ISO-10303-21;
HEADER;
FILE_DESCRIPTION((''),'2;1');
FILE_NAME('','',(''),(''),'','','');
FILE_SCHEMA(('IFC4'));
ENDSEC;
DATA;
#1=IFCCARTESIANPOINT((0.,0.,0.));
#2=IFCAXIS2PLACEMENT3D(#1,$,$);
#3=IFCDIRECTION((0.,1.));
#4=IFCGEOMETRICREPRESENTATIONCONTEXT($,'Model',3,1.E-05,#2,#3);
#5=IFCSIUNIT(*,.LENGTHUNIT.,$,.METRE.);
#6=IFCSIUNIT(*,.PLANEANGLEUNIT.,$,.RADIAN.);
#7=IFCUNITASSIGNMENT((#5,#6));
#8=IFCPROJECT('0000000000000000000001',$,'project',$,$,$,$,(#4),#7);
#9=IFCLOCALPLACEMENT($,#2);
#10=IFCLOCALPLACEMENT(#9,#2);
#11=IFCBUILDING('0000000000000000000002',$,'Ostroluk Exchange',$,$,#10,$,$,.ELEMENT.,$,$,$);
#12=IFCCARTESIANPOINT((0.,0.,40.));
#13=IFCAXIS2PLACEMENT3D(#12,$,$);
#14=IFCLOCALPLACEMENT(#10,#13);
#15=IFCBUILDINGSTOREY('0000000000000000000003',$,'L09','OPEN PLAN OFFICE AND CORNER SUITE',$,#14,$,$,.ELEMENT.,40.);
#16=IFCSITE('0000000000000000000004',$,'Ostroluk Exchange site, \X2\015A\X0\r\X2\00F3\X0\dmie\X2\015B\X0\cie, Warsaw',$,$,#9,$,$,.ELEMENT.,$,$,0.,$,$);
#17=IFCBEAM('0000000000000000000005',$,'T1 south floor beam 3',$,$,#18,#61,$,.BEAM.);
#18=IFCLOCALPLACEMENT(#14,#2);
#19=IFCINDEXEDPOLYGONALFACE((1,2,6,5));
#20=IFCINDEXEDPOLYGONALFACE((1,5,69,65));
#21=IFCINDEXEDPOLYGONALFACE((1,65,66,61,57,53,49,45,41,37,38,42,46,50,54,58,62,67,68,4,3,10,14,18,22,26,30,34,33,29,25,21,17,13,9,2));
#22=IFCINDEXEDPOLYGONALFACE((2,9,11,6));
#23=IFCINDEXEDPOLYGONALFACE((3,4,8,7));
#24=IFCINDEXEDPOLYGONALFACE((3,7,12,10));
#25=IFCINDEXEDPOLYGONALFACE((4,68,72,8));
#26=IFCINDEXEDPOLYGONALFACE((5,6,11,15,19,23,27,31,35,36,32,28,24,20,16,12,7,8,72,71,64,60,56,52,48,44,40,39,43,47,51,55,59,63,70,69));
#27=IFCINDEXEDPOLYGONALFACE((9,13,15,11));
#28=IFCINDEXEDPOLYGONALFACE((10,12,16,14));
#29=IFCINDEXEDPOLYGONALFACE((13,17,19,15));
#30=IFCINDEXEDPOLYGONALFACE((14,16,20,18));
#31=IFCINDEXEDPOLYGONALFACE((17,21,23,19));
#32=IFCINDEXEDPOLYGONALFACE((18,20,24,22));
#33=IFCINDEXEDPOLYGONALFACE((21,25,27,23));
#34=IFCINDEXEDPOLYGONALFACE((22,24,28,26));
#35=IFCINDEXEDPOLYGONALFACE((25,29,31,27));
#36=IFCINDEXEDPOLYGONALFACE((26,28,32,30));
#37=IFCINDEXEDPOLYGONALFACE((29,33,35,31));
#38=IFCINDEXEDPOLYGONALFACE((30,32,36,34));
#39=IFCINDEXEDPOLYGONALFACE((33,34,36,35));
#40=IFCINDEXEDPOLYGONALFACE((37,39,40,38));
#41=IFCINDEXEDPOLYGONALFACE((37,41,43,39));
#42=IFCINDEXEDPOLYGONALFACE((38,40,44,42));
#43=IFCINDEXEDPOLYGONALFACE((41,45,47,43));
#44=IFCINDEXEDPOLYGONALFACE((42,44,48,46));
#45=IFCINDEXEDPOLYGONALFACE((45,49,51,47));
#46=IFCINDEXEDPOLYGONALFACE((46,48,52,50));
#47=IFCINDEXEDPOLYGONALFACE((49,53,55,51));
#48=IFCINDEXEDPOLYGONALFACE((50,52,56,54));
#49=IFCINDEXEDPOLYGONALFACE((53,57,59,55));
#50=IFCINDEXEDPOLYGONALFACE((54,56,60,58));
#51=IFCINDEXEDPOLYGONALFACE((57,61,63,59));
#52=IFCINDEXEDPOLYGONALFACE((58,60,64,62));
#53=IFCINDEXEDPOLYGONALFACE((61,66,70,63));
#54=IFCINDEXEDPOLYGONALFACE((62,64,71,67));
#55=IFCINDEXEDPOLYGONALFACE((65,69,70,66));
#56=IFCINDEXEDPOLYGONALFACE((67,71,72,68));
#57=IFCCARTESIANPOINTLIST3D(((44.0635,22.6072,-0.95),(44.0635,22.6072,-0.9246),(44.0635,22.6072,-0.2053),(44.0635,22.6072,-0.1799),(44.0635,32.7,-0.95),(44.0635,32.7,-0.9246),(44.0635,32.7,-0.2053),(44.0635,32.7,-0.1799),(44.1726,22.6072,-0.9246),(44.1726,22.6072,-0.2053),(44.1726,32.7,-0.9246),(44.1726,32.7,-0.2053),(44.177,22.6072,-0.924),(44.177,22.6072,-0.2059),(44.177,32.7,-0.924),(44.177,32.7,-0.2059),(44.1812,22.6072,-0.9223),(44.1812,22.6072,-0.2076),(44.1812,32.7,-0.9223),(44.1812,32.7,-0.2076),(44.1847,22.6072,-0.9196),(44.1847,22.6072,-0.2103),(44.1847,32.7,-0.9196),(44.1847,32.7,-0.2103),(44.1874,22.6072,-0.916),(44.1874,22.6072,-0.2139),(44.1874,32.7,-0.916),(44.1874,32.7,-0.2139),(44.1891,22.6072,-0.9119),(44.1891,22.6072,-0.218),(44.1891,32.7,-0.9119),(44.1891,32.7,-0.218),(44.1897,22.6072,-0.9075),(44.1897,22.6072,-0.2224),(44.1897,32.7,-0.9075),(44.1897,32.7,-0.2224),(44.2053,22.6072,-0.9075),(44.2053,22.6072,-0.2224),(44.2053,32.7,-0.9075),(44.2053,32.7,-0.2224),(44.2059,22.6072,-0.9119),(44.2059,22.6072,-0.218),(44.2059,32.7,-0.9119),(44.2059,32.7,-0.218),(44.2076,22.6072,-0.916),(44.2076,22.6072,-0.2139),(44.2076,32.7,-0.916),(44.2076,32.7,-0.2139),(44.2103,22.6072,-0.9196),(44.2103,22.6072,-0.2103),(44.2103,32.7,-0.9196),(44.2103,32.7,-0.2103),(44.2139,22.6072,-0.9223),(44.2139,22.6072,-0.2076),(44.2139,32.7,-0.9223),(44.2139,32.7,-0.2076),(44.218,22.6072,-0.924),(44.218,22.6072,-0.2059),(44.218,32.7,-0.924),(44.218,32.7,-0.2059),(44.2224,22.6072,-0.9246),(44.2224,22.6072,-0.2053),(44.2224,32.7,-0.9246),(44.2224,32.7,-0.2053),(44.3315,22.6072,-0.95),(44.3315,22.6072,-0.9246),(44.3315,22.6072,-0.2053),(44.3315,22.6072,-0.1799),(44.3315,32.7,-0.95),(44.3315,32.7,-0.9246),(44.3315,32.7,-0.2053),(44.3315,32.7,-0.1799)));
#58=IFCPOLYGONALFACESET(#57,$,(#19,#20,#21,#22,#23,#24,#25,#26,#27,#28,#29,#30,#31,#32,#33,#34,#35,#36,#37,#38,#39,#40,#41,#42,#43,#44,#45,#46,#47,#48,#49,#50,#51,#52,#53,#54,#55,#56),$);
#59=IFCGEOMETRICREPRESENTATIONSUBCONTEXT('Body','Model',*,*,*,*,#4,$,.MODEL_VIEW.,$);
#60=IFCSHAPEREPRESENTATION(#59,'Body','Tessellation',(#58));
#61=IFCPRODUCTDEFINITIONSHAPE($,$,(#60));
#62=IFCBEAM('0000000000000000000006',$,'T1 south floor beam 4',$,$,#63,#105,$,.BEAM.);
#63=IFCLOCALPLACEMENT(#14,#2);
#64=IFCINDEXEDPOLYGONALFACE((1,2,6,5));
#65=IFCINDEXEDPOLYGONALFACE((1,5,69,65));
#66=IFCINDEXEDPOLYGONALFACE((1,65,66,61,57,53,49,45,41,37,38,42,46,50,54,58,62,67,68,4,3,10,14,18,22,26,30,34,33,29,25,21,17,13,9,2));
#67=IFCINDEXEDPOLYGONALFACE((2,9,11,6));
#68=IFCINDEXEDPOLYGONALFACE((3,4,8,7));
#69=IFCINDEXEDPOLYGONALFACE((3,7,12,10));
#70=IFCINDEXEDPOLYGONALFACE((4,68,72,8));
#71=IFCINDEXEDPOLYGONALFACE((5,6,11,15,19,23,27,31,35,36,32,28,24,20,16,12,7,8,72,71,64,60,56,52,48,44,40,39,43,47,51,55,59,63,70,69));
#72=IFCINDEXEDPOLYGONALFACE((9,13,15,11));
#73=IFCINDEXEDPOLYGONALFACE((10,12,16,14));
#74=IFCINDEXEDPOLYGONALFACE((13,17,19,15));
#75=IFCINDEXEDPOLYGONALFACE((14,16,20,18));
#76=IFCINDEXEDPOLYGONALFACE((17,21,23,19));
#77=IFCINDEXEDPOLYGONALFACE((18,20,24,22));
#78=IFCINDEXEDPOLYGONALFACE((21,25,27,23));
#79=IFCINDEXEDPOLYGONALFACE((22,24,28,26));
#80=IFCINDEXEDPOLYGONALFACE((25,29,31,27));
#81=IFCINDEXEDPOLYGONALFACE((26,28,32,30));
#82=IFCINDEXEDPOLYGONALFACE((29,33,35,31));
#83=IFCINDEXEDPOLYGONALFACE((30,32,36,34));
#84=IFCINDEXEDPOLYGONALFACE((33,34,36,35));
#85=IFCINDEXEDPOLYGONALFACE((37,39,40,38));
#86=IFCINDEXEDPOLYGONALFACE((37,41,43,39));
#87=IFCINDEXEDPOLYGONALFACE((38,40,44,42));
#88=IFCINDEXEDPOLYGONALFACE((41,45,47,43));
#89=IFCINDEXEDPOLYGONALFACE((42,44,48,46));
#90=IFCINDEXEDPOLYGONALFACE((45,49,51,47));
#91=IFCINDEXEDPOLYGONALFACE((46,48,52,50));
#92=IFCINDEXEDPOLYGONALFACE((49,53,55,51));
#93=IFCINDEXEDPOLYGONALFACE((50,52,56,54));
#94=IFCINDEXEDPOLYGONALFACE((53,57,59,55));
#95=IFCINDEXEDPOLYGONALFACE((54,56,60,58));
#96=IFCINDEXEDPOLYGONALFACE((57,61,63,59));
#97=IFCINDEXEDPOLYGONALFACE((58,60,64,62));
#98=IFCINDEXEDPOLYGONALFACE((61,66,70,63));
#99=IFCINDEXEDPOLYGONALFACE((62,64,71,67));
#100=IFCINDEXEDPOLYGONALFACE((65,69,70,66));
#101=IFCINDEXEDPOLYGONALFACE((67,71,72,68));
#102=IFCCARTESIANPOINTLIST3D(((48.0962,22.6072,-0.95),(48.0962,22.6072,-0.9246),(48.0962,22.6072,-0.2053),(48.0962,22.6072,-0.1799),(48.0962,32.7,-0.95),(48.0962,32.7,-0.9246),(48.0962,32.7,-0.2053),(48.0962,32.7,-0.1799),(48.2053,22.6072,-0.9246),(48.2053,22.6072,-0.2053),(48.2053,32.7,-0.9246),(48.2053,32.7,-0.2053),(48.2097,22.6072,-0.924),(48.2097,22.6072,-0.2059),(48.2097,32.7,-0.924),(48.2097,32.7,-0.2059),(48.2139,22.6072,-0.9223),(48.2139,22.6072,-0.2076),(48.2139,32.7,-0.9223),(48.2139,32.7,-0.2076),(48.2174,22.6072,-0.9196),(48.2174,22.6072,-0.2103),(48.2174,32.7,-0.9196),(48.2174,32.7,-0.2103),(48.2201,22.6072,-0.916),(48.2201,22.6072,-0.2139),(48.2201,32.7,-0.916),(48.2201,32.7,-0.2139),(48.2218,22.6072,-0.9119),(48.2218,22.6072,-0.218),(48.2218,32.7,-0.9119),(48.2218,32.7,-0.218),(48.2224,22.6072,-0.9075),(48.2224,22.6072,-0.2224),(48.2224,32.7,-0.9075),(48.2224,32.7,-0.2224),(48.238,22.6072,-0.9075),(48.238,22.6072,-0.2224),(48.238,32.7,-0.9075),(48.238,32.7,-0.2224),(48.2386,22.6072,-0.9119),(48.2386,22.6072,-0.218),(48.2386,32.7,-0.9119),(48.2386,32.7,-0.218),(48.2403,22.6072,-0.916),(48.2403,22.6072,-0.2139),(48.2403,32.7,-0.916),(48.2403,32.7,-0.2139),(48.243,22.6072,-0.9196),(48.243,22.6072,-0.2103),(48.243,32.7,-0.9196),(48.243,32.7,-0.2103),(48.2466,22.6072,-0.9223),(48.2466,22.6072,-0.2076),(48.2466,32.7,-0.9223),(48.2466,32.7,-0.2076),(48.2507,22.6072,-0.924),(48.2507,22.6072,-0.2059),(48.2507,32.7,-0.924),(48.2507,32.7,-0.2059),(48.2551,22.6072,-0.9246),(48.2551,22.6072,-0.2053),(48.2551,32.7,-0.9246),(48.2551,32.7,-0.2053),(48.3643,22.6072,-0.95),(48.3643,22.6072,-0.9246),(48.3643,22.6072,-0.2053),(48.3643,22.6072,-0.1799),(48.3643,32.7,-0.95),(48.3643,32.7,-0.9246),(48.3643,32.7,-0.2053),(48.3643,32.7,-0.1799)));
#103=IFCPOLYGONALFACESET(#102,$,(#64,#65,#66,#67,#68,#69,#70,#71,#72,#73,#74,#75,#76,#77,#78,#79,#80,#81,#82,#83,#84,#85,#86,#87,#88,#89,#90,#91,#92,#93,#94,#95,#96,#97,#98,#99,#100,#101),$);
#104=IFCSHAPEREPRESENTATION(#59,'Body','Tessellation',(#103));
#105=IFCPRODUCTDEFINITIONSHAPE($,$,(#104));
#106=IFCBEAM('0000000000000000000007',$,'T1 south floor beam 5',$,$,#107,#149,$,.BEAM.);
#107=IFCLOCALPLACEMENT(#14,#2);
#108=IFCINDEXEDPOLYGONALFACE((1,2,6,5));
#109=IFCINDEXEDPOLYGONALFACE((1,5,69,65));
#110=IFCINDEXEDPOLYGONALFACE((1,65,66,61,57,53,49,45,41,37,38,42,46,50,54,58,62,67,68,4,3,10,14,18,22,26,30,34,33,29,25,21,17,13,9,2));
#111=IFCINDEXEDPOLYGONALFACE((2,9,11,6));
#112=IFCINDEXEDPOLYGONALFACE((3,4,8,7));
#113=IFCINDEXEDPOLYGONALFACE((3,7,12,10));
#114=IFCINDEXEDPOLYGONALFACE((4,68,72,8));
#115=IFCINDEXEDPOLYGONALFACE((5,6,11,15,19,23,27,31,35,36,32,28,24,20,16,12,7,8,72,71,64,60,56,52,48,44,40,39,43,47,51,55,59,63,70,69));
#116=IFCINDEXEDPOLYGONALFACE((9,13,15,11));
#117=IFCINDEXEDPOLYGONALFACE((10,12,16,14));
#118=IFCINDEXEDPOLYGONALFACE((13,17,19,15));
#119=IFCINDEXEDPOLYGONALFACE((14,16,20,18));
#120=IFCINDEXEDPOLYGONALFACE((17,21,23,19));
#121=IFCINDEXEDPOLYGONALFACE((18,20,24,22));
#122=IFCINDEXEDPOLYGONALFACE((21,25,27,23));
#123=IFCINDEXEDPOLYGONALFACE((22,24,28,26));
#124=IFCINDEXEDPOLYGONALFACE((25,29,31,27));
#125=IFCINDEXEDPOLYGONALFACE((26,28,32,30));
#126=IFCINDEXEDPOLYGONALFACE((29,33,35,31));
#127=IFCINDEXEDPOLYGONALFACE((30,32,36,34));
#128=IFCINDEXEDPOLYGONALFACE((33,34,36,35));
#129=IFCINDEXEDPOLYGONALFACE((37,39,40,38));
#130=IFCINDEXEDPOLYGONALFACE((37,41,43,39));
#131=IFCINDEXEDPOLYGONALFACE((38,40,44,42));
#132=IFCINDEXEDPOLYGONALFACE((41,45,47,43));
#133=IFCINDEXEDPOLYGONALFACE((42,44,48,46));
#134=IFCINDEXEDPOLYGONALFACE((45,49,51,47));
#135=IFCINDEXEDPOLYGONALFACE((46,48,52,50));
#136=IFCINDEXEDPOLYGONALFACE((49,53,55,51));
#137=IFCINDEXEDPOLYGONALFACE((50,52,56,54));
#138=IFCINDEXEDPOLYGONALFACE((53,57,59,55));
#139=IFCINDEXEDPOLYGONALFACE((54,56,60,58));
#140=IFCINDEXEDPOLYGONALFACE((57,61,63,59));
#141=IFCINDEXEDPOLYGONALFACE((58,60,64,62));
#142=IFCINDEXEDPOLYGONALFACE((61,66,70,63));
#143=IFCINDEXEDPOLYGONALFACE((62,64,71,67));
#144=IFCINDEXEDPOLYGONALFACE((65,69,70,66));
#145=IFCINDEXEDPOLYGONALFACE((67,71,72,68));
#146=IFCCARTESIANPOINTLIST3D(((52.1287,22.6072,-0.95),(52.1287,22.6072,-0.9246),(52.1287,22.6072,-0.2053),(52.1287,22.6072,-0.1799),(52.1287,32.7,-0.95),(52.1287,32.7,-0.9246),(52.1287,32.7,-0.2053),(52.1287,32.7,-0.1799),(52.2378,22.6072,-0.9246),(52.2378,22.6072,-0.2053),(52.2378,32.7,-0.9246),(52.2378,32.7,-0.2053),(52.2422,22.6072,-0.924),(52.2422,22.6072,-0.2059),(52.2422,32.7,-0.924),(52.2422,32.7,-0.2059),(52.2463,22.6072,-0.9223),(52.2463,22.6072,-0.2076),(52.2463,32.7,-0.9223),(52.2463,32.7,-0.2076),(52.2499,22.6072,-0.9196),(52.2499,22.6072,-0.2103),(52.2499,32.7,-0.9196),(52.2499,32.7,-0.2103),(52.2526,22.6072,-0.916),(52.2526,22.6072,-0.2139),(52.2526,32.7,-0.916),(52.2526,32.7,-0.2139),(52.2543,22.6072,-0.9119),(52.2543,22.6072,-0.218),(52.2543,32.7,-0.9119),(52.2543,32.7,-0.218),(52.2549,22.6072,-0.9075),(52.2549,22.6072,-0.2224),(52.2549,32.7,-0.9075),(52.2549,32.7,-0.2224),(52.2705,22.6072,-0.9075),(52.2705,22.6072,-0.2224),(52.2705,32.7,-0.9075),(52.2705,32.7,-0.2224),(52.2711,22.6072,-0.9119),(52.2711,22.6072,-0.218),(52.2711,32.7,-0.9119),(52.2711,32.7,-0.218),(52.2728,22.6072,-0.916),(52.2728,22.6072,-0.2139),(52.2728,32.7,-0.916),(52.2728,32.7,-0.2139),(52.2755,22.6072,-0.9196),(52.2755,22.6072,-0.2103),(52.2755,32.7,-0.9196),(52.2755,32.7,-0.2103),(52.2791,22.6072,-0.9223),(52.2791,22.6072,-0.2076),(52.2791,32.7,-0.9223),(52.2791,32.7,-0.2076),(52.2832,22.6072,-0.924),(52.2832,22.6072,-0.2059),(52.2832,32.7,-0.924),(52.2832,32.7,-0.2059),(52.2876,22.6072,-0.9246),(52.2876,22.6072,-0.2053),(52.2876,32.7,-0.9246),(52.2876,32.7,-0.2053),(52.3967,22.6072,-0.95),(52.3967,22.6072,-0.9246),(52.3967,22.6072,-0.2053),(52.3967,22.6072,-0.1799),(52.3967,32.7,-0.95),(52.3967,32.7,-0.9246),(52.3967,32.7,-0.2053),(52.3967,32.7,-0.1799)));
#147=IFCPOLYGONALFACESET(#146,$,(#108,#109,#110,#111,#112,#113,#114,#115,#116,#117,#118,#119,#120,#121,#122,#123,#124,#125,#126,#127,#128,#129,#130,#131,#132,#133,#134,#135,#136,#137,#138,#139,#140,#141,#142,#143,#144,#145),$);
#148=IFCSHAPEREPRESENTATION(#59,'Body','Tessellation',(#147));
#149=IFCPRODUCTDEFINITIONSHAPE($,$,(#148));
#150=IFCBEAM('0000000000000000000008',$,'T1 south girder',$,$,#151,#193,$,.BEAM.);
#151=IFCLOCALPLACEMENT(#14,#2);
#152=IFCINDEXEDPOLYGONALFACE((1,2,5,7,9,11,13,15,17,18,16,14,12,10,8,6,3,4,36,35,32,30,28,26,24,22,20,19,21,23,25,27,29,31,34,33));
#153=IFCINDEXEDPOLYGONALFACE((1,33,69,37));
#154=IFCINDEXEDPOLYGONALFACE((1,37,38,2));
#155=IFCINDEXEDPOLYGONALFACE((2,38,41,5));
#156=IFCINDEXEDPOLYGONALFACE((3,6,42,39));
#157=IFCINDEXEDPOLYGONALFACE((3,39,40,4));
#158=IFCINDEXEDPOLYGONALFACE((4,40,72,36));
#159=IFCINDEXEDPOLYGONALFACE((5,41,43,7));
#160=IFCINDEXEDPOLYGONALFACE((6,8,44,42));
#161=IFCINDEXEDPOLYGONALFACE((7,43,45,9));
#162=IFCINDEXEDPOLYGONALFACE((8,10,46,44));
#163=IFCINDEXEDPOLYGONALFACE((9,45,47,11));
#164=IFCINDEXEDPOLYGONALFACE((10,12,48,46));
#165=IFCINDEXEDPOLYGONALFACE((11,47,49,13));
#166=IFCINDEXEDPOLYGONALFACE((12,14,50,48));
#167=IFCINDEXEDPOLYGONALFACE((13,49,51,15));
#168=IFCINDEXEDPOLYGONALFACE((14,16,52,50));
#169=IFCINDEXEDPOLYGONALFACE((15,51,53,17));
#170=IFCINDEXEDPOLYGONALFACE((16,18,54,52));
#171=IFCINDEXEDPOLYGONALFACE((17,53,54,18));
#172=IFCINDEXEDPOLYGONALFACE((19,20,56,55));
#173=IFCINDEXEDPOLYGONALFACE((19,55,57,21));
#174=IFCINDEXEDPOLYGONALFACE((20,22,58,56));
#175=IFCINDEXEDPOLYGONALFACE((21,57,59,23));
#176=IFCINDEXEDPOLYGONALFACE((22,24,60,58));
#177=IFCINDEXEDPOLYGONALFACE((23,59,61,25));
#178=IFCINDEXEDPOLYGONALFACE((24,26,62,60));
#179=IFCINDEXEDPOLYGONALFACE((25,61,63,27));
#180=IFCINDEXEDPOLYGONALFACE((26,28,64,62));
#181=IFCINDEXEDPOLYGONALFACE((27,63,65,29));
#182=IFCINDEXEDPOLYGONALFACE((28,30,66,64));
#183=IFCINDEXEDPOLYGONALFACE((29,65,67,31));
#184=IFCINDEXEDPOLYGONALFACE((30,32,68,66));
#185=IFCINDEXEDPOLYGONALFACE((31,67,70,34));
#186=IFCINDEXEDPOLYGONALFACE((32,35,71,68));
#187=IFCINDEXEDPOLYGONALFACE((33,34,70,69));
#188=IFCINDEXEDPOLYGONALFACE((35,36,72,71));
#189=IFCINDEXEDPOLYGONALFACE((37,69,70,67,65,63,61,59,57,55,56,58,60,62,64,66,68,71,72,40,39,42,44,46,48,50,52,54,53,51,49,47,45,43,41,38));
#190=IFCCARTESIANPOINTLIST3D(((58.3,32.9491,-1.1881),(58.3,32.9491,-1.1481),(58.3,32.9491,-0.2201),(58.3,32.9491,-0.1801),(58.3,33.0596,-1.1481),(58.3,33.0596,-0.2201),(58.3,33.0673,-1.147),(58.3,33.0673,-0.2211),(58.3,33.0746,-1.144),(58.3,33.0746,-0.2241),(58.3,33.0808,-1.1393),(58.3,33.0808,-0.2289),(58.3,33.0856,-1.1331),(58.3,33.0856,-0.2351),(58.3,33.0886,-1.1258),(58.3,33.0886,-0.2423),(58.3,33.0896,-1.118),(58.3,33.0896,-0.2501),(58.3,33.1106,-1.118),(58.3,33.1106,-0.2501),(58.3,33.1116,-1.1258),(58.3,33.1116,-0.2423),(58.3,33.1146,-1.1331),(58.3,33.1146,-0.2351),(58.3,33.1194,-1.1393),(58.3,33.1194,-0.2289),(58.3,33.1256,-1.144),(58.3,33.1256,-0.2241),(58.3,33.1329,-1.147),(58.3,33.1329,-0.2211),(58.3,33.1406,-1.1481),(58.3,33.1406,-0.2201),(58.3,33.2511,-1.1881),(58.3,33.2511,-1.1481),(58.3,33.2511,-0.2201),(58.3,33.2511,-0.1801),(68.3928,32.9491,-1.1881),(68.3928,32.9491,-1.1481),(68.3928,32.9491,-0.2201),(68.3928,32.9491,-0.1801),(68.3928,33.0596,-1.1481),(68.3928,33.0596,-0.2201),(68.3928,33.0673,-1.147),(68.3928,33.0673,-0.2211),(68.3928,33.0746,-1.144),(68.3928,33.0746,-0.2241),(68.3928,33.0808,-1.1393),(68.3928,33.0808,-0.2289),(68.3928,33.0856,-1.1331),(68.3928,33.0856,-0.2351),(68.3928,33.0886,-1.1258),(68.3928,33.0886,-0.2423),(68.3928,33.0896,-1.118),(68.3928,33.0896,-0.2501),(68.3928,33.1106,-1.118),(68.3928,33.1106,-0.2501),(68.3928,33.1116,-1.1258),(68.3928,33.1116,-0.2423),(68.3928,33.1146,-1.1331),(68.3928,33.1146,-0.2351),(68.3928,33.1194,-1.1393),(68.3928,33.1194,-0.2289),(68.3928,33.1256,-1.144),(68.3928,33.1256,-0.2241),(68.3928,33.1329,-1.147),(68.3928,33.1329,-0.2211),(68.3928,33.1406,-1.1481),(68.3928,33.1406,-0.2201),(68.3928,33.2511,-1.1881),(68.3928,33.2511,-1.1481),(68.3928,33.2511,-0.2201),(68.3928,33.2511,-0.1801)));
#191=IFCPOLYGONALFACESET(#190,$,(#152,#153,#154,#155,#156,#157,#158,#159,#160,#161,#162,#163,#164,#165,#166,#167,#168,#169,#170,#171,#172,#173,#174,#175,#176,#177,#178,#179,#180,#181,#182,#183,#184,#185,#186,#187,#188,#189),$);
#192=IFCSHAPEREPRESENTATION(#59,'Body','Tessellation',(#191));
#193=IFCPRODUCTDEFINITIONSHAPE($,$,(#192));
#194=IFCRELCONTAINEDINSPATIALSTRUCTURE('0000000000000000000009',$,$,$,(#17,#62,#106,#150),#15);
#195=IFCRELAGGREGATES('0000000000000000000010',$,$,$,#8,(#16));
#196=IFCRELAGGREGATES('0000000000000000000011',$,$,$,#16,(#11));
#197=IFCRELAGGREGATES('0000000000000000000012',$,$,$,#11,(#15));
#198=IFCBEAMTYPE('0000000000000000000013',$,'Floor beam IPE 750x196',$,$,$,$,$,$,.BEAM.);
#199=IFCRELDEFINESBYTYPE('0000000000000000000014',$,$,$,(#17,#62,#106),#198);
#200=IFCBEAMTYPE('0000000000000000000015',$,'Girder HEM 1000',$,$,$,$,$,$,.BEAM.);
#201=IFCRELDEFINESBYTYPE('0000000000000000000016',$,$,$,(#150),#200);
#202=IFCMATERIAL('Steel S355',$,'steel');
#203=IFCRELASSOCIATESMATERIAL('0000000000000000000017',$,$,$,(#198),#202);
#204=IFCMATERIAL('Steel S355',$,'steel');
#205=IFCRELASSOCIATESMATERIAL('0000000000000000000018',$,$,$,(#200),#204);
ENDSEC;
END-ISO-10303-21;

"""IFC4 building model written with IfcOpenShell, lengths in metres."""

from ifc_helpers import new_model, si_unit, direction, frame, origin, origin_2d, place, context, subcontext, project, spatial, i_section, extrude, material, material_profile, profile_set, type_object, element, save


model = new_model("IFC4")

# Units and contexts
model_context = context("Model", 3, precision=1e-05, world=origin(), true_north=direction((0.0, 1.0)))
body_context = subcontext(model_context, "Body", "Model", "MODEL_VIEW")
ifc_project = project(units=[si_unit("LENGTHUNIT", "METRE"), si_unit("PLANEANGLEUNIT", "RADIAN")], contexts=[model_context])

# Site, building, storey
site_placement = place(None, origin())
site = spatial("IfcSite", under=ifc_project, at=site_placement, Name="Ostroluk Exchange site, Śródmieście, Warsaw", CompositionType="ELEMENT", RefElevation=0.0)
building_placement = place(site_placement, origin())
building = spatial("IfcBuilding", under=site, at=building_placement, Name="Ostroluk Exchange", CompositionType="ELEMENT")
storey_placement = place(building_placement, frame((0.0, 0.0, 40.0)))
storey = spatial("IfcBuildingStorey", under=building, at=storey_placement, Name="L09", Description="OPEN PLAN OFFICE AND CORNER SUITE", CompositionType="ELEMENT", Elevation=40.0)

# Beams
ifc_material_1 = material(Name="Steel S355", Category="steel")
ifc_material_profile_1 = material_profile(ifc_material_1, i_section(OverallWidth=0.2681, OverallDepth=0.77, WebThickness=0.0156, FlangeThickness=0.0254, FilletRadius=0.0171, at=origin_2d()), Name="IPE 750x196")
ifc_profile_set_1 = profile_set([ifc_material_profile_1], Name="Steel S355")
beam_type_1 = type_object("IfcBeamType", Name="Floor beam IPE 750x196", PredefinedType="BEAM", material=ifc_profile_set_1)
for number, where, z_axis, x_axis, name in (
    (1, (44.1975, 32.7, -0.5649), (0.0, -1.0, 0.0), (1.0, 0.0, 0.0), "T1 south floor beam 3"),
    (2, (48.2302, 32.7, -0.5649), (0.0, -1.0, 0.0), (1.0, 0.0, 0.0), "T1 south floor beam 4"),
    (3, (52.2627, 32.7, -0.5649), (0.0, -1.0, 0.0), (1.0, 0.0, 0.0), "T1 south floor beam 5"),
):
    element("IfcBeam", number, at=place(storey_placement, frame(where, z_axis=z_axis, x_axis=x_axis)), inside=storey, type_object=beam_type_1, Name=name, PredefinedType="BEAM", context=body_context, shape_type="SweptSolid", body=[
        extrude(i_section(OverallWidth=0.2681, OverallDepth=0.77, WebThickness=0.0156, FlangeThickness=0.0254, FilletRadius=0.0171, at=origin_2d()), origin(), (0.0, 0.0, 1.0), 10.0928),
    ])
ifc_material_2 = material(Name="Steel S355", Category="steel")
ifc_material_profile_2 = material_profile(ifc_material_2, i_section(OverallWidth=0.302, OverallDepth=1.0081, WebThickness=0.021, FlangeThickness=0.04, FilletRadius=0.03, at=origin_2d()), Name="HEM 1000")
ifc_profile_set_2 = profile_set([ifc_material_profile_2], Name="Steel S355")
beam_type_2 = type_object("IfcBeamType", Name="Girder HEM 1000", PredefinedType="BEAM", material=ifc_profile_set_2)
beam_1_placement = place(storey_placement, frame((58.3, 33.1001, -0.6841), z_axis=(1.0, 0.0, 0.0), x_axis=(0.0, 1.0, 0.0)))
element("IfcBeam", 4, at=beam_1_placement, inside=storey, type_object=beam_type_2, Name="T1 south girder", PredefinedType="BEAM", context=body_context, shape_type="SweptSolid", body=[
    extrude(i_section(OverallWidth=0.302, OverallDepth=1.0081, WebThickness=0.021, FlangeThickness=0.04, FilletRadius=0.03, at=origin_2d()), origin(), (0.0, 0.0, 1.0), 10.0928),
])

save(model, "model.ifc")
